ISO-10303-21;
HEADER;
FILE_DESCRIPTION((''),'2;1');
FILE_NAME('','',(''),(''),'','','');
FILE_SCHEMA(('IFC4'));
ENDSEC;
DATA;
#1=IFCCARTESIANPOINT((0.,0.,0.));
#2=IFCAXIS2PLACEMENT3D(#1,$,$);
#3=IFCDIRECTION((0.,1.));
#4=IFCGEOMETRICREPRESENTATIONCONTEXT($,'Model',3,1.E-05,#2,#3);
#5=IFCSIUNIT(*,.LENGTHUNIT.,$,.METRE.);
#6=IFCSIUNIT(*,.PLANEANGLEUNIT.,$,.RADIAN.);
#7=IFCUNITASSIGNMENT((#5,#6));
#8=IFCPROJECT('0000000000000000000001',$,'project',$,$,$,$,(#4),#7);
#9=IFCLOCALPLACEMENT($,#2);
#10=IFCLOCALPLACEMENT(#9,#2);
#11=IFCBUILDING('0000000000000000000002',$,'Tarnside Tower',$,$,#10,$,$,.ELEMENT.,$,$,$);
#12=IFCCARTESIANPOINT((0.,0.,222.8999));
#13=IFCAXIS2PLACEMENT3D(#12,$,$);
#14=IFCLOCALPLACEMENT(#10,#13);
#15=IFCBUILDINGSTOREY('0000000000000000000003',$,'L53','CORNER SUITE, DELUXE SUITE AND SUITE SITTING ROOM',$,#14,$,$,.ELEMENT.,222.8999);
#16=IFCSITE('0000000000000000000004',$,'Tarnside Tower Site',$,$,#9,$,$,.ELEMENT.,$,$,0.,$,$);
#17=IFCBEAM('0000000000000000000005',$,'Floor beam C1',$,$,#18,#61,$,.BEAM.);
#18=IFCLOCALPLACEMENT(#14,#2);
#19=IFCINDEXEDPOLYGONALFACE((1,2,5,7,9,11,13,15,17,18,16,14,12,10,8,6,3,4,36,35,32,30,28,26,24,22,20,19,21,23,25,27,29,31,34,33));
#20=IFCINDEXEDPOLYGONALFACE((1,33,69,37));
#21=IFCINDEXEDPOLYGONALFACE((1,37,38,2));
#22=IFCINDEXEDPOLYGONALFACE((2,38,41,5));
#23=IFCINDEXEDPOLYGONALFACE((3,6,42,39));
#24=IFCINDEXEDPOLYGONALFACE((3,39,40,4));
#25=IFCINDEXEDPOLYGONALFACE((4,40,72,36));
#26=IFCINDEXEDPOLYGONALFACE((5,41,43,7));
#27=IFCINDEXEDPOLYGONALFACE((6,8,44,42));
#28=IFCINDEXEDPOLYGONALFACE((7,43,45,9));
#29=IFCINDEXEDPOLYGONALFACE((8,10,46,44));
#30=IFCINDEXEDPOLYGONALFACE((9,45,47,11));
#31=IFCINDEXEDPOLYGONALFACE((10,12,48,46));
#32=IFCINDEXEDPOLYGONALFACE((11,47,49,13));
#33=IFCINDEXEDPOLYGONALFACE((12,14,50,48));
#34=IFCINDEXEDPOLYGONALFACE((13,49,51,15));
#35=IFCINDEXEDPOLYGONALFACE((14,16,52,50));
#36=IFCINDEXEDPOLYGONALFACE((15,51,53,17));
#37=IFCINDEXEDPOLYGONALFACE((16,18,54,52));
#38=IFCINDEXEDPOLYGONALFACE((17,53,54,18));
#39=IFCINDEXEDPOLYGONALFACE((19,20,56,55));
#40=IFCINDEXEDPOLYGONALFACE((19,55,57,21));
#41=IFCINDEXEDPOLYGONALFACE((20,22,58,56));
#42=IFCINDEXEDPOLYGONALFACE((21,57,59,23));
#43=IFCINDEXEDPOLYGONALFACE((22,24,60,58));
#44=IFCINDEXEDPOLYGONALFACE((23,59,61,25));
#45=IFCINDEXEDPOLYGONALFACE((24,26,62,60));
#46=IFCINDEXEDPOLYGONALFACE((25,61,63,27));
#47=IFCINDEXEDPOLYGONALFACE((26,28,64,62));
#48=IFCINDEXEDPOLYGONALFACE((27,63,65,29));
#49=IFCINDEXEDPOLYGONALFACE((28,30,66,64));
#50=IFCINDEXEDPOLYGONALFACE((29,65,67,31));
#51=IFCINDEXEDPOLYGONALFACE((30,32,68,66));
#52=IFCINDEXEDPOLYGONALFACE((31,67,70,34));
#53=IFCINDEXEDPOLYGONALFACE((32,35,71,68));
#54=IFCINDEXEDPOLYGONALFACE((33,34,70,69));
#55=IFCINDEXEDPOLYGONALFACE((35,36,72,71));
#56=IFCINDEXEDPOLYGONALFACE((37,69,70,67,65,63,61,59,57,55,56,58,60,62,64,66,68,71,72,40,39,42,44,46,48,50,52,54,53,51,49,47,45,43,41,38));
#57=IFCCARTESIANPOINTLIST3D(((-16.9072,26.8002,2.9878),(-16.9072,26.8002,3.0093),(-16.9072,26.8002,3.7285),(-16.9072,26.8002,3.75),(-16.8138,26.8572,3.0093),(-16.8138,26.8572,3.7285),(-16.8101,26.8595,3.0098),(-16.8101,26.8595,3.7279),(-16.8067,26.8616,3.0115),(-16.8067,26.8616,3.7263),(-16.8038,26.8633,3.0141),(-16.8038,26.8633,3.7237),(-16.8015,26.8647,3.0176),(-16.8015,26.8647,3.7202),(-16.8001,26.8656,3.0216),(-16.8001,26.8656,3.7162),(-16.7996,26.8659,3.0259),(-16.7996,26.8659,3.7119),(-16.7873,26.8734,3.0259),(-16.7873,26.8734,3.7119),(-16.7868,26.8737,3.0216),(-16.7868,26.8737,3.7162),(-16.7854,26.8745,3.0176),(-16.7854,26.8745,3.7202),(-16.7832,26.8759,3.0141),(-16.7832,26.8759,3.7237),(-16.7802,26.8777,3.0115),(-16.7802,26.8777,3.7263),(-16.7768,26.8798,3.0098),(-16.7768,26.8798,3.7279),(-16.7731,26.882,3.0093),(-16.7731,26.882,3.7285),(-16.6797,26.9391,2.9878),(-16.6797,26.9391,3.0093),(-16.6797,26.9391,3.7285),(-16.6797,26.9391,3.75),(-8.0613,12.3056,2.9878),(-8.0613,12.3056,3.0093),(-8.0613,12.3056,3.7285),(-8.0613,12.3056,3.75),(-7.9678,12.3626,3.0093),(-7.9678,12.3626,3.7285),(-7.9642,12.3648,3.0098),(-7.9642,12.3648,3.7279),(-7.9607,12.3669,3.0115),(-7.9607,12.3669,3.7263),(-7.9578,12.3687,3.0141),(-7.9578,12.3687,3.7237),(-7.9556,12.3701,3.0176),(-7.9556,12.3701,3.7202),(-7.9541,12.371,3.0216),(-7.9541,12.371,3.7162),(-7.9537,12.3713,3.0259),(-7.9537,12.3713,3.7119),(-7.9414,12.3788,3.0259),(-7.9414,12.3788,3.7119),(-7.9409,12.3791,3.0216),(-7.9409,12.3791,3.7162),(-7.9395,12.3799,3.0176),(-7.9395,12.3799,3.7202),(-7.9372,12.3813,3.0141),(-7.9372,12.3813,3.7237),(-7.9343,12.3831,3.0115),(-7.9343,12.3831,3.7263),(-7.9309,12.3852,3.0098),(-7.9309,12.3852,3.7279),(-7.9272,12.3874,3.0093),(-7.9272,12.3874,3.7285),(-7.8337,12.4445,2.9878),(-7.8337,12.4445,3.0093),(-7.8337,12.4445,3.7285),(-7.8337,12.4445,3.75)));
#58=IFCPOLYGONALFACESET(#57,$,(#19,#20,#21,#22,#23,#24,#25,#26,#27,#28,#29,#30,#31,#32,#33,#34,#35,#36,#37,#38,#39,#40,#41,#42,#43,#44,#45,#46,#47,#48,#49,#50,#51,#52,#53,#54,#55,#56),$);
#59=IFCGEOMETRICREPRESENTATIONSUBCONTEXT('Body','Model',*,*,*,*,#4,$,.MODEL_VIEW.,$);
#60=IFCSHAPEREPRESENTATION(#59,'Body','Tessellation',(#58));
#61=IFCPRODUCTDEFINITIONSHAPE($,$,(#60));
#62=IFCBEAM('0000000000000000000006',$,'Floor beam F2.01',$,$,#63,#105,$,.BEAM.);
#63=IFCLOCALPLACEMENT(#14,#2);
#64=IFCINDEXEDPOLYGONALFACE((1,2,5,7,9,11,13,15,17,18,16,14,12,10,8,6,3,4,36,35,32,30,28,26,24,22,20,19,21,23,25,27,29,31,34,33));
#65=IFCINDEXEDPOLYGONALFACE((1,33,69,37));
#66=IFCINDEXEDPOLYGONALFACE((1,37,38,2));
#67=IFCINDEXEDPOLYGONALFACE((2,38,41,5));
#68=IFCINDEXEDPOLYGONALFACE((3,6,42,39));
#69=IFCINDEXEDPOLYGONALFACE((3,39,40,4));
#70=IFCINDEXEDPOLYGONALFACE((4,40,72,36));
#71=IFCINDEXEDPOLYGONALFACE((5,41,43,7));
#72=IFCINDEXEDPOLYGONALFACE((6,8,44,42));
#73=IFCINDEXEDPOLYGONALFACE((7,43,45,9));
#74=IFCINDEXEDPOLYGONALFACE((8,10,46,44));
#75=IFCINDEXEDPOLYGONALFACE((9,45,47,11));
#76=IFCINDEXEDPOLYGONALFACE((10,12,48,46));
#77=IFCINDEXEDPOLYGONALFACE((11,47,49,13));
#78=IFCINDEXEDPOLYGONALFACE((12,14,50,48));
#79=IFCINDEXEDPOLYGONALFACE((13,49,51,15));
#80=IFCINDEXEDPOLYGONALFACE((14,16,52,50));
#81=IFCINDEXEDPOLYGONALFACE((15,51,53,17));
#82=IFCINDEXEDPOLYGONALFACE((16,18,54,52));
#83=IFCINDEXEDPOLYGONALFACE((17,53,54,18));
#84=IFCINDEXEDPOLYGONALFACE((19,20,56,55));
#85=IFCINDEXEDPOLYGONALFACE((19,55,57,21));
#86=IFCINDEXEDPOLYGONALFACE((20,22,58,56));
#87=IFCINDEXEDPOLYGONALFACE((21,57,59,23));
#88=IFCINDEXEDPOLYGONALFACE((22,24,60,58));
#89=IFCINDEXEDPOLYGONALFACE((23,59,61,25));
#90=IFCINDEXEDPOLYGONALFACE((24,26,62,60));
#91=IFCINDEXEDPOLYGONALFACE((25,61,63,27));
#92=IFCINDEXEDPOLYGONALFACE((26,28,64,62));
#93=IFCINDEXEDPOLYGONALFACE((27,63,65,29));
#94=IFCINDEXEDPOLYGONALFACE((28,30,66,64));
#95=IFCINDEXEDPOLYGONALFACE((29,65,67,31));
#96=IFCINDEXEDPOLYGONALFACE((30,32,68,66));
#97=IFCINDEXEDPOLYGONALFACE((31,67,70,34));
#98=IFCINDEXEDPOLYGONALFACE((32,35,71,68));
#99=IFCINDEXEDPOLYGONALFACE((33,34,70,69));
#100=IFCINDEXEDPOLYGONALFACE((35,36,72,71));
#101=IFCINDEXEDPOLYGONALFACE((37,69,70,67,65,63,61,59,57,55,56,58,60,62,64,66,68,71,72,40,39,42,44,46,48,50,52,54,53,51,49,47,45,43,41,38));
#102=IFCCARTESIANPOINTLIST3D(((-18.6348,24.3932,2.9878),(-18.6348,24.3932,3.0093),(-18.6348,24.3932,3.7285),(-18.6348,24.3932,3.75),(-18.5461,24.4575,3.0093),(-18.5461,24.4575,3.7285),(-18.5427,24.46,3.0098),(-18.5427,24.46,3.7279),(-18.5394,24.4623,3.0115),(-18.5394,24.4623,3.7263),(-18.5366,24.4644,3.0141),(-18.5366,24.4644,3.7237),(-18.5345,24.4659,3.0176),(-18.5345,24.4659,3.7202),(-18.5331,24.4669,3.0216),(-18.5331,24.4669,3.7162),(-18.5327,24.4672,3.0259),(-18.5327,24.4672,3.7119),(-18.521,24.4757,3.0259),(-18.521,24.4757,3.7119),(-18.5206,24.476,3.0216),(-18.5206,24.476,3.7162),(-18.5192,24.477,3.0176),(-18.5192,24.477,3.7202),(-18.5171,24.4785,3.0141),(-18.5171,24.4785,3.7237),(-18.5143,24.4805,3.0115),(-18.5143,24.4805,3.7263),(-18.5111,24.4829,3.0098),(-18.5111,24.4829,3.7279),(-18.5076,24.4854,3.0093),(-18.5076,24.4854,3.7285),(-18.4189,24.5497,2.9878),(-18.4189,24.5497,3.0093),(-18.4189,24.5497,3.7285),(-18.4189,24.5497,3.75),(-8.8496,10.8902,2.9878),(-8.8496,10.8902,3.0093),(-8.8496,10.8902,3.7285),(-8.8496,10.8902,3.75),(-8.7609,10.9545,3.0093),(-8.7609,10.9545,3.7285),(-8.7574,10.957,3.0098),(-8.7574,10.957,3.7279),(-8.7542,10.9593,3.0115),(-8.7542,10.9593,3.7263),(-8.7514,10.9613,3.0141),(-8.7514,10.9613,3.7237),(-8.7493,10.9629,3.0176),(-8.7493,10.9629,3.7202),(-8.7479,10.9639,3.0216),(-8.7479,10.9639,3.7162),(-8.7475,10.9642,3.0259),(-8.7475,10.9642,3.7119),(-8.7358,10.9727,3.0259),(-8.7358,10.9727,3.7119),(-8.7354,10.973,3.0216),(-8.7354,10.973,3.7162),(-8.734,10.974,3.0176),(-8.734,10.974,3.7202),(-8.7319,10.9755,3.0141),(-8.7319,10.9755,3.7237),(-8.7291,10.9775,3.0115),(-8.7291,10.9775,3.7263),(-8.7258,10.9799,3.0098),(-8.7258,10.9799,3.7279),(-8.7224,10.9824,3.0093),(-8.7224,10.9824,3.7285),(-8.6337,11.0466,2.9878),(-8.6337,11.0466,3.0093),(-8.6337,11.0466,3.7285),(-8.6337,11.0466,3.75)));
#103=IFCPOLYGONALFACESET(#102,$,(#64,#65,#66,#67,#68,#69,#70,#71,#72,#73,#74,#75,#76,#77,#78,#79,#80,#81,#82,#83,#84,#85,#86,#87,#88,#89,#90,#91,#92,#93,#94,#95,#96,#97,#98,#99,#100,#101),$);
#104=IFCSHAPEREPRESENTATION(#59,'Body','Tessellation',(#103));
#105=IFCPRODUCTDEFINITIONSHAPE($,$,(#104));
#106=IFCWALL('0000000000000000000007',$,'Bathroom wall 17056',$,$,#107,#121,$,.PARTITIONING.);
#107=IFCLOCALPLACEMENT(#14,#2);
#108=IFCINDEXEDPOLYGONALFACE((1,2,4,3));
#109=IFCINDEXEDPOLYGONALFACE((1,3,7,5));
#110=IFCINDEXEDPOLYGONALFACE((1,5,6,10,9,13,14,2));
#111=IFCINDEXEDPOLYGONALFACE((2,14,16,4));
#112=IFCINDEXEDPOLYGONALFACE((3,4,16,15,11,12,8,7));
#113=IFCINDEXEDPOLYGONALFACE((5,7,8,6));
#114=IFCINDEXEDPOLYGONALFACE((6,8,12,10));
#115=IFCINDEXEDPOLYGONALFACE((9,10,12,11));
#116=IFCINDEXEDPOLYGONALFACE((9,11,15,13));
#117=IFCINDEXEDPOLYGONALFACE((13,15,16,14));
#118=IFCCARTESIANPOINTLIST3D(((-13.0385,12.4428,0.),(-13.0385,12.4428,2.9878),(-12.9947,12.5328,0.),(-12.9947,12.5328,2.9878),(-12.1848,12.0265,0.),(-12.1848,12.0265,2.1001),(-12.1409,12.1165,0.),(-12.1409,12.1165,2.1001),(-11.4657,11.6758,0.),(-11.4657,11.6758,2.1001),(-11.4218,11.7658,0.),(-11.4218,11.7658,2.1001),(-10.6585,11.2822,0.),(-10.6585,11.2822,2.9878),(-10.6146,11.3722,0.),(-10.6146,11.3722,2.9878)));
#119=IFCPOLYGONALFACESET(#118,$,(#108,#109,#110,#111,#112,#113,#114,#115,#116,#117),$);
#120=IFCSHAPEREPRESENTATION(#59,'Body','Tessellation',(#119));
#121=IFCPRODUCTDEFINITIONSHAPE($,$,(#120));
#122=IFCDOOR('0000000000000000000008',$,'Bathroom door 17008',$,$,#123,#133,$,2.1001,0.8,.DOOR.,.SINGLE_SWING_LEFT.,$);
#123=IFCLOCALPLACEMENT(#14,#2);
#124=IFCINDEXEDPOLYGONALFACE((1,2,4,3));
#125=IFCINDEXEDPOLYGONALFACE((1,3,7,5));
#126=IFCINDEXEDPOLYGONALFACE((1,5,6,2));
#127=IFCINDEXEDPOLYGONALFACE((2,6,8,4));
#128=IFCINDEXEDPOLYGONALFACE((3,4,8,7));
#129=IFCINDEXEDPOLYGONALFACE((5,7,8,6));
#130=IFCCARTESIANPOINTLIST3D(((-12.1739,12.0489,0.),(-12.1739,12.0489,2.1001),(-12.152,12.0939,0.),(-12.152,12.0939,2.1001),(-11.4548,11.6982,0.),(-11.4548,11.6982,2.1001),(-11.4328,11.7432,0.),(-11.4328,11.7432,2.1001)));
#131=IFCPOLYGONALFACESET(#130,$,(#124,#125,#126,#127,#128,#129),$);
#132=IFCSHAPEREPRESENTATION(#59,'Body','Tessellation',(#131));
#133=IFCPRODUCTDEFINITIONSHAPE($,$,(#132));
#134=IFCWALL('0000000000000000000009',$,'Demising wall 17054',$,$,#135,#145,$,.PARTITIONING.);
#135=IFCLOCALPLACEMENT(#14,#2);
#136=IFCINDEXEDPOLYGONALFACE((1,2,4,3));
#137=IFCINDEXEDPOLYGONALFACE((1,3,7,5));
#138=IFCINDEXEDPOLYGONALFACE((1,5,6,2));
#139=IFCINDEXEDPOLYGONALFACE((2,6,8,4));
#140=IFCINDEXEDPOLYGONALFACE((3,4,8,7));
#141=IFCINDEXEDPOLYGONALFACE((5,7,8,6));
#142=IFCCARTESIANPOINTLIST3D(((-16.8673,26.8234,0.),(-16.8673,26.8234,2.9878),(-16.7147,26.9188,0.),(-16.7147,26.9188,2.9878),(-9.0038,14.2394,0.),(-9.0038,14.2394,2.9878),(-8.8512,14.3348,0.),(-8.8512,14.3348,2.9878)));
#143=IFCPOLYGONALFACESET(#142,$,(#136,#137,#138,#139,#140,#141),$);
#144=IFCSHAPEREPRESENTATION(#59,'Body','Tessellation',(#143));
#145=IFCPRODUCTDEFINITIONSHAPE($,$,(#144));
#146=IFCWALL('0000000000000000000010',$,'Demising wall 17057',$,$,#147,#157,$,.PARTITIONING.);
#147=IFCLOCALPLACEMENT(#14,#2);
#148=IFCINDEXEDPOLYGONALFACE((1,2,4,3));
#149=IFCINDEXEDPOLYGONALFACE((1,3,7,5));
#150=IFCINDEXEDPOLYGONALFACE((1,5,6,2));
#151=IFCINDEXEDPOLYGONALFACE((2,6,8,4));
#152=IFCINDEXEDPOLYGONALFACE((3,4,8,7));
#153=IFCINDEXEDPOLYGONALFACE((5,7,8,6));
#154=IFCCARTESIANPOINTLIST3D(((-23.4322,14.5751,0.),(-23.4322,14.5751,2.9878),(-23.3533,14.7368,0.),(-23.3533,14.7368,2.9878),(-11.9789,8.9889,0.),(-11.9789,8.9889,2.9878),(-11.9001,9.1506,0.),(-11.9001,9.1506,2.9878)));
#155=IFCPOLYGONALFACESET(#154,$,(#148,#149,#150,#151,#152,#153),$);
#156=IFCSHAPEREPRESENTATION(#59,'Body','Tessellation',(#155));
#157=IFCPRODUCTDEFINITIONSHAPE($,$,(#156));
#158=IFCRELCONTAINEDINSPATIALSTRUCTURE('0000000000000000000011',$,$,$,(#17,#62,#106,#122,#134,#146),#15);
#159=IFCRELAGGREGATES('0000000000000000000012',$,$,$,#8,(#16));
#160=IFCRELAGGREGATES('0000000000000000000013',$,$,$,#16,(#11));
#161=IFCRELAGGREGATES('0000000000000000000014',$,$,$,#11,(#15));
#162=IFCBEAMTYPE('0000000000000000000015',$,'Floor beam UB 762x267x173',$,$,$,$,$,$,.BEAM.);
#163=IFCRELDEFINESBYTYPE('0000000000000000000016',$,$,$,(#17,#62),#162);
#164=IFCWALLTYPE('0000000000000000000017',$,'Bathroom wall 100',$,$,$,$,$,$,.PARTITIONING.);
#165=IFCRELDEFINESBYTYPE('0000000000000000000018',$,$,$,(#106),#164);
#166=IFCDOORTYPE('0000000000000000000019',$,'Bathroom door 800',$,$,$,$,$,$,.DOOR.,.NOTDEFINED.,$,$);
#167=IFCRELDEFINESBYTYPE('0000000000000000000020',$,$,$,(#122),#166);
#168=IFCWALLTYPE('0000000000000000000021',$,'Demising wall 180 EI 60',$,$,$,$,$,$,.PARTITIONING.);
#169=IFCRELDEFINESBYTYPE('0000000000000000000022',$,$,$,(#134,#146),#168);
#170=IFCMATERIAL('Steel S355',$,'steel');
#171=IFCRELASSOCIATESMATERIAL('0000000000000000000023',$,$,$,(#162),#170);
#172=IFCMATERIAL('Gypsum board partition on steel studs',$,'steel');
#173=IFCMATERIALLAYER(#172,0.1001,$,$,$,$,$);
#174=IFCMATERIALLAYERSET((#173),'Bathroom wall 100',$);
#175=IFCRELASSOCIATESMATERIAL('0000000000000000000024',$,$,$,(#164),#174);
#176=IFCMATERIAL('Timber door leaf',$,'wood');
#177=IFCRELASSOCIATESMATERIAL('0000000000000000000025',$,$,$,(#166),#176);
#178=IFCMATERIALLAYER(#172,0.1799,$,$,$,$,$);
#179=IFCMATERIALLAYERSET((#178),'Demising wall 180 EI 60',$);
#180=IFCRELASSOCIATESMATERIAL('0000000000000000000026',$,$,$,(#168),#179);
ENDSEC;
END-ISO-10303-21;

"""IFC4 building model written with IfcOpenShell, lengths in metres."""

from ifc_helpers import new_model, si_unit, direction, frame, frame_2d, origin, origin_2d, place, context, subcontext, project, spatial, rectangle, i_section, extrude, material, layer, layer_set, material_profile, profile_set, type_object, element, fill, save


model = new_model("IFC4")

# Units and contexts
model_context = context("Model", 3, precision=1e-05, world=origin(), true_north=direction((0.0, 1.0)))
body_context = subcontext(model_context, "Body", "Model", "MODEL_VIEW")
ifc_project = project(units=[si_unit("LENGTHUNIT", "METRE"), si_unit("PLANEANGLEUNIT", "RADIAN")], contexts=[model_context])

# Site, building, storey
site_placement = place(None, origin())
site = spatial("IfcSite", under=ifc_project, at=site_placement, Name="Tarnside Tower Site", CompositionType="ELEMENT", RefElevation=0.0)
building_placement = place(site_placement, origin())
building = spatial("IfcBuilding", under=site, at=building_placement, Name="Tarnside Tower", CompositionType="ELEMENT")
storey_placement = place(building_placement, frame((0.0, 0.0, 222.8999)))
storey = spatial("IfcBuildingStorey", under=building, at=storey_placement, Name="L53", Description="CORNER SUITE, DELUXE SUITE AND SUITE SITTING ROOM", CompositionType="ELEMENT", Elevation=222.8999)

# Beams
ifc_material_1 = material(Name="Steel S355", Category="steel")
ifc_material_profile_1 = material_profile(ifc_material_1, i_section(OverallWidth=0.2666, OverallDepth=0.7622, WebThickness=0.0144, FlangeThickness=0.0215, FilletRadius=0.0166, at=origin_2d()), Name="UB 762x267x173")
ifc_profile_set_1 = profile_set([ifc_material_profile_1], Name="Steel S355")
beam_type_1 = type_object("IfcBeamType", Name="Floor beam UB 762x267x173", PredefinedType="BEAM", material=ifc_profile_set_1)
beam_1_placement = place(storey_placement, frame((-16.7935, 26.8696, 3.3689), z_axis=(0.52094, -0.853593, 0.0), x_axis=(0.853593, 0.52094, 0.0)))
element("IfcBeam", 1, at=beam_1_placement, inside=storey, type_object=beam_type_1, Name="Floor beam C1", PredefinedType="BEAM", context=body_context, shape_type="SweptSolid", body=[
    extrude(i_section(OverallWidth=0.2666, OverallDepth=0.7622, WebThickness=0.0144, FlangeThickness=0.0215, FilletRadius=0.0166, at=origin_2d()), origin(), (0.0, 0.0, 1.0), 16.9807),
])
beam_2_placement = place(storey_placement, frame((-18.5269, 24.4714, 3.3689), z_axis=(0.586792, -0.809738, 0.0), x_axis=(0.809738, 0.586792, 0.0)))
element("IfcBeam", 2, at=beam_2_placement, inside=storey, type_object=beam_type_1, Name="Floor beam F2.01", PredefinedType="BEAM", context=body_context, shape_type="SweptSolid", body=[
    extrude(i_section(OverallWidth=0.2666, OverallDepth=0.7622, WebThickness=0.0144, FlangeThickness=0.0215, FilletRadius=0.0166, at=origin_2d()), origin(), (0.0, 0.0, 1.0), 16.6758),
])

# Wall, opening, door
ifc_material_2 = material(Name="Gypsum board partition on steel studs", Category="steel")
ifc_layer_1 = layer(ifc_material_2, 0.1001)
ifc_layer_set_1 = layer_set([ifc_layer_1], Name="Bathroom wall 100")
wall_type_1 = type_object("IfcWallType", Name="Bathroom wall 100", PredefinedType="PARTITIONING", material=ifc_layer_set_1)
wall_1_placement = place(storey_placement, frame((-13.0166, 12.4878, 0.0), z_axis=(0.0, 0.0, 1.0), x_axis=(0.898827, -0.438304, 0.0)))
wall_1 = element("IfcWall", 3, at=wall_1_placement, inside=storey, type_object=wall_type_1, Name="Bathroom wall 17056", PredefinedType="PARTITIONING", context=body_context, shape_type="SweptSolid", body=[
    extrude(rectangle(XDim=2.6479, YDim=0.1001, at=frame_2d((1.324, 0.0))), origin(), (0.0, 0.0, 1.0), 2.9878),
])
opening_1_placement = place(wall_1_placement, frame((0.95, 0.0, 0.0)))
opening_1 = element("IfcOpeningElement", 4, at=opening_1_placement, cuts=wall_1, PredefinedType="OPENING", context=body_context, shape_type="SweptSolid", body=[
    extrude(rectangle(XDim=0.8, YDim=2.1001, at=frame_2d((0.3999, 1.05))), frame((0.0, 0.0601, 0.0), z_axis=(0.0, -1.0, 0.0), x_axis=(1.0, 0.0, 0.0)), (0.0, 0.0, 1.0), 0.1201),
])
ifc_material_3 = material(Name="Timber door leaf", Category="wood")
door_type_1 = type_object("IfcDoorType", Name="Bathroom door 800", OperationType="NOTDEFINED", PredefinedType="DOOR", material=ifc_material_3)
door_1_placement = place(opening_1_placement, origin())
door_1 = element("IfcDoor", 5, at=door_1_placement, inside=storey, type_object=door_type_1, Name="Bathroom door 17008", OperationType="SINGLE_SWING_LEFT", OverallHeight=2.1001, OverallWidth=0.8, PredefinedType="DOOR", context=body_context, shape_type="SweptSolid", body=[
    extrude(rectangle(XDim=0.8, YDim=2.1001, at=frame_2d((0.3999, 1.05))), frame((0.0, 0.0249, 0.0), z_axis=(0.0, -1.0, 0.0), x_axis=(1.0, 0.0, 0.0)), (0.0, 0.0, 1.0), 0.05),
])
fill(opening_1, door_1)

# Walls
ifc_layer_2 = layer(ifc_material_2, 0.1799)
ifc_layer_set_2 = layer_set([ifc_layer_2], Name="Demising wall 180 EI 60")
wall_type_2 = type_object("IfcWallType", Name="Demising wall 180 EI 60", PredefinedType="PARTITIONING", material=ifc_layer_set_2)
wall_2_placement = place(storey_placement, frame((-16.791, 26.8711, 0.0), z_axis=(0.0, 0.0, 1.0), x_axis=(0.529928, -0.848043, 0.0)))
element("IfcWall", 6, at=wall_2_placement, inside=storey, type_object=wall_type_2, Name="Demising wall 17054", PredefinedType="PARTITIONING", context=body_context, shape_type="SweptSolid", body=[
    extrude(rectangle(XDim=14.8389, YDim=0.1799, at=frame_2d((7.4194, 0.0))), origin(), (0.0, 0.0, 1.0), 2.9878),
])
wall_3_placement = place(storey_placement, frame((-23.3928, 14.656, 0.0), z_axis=(0.0, 0.0, 1.0), x_axis=(0.89879, -0.438379, 0.0)))
element("IfcWall", 7, at=wall_3_placement, inside=storey, type_object=wall_type_2, Name="Demising wall 17057", PredefinedType="PARTITIONING", context=body_context, shape_type="SweptSolid", body=[
    extrude(rectangle(XDim=12.7429, YDim=0.1799, at=frame_2d((6.3716, 0.0))), origin(), (0.0, 0.0, 1.0), 2.9878),
])

save(model, "model.ifc")
